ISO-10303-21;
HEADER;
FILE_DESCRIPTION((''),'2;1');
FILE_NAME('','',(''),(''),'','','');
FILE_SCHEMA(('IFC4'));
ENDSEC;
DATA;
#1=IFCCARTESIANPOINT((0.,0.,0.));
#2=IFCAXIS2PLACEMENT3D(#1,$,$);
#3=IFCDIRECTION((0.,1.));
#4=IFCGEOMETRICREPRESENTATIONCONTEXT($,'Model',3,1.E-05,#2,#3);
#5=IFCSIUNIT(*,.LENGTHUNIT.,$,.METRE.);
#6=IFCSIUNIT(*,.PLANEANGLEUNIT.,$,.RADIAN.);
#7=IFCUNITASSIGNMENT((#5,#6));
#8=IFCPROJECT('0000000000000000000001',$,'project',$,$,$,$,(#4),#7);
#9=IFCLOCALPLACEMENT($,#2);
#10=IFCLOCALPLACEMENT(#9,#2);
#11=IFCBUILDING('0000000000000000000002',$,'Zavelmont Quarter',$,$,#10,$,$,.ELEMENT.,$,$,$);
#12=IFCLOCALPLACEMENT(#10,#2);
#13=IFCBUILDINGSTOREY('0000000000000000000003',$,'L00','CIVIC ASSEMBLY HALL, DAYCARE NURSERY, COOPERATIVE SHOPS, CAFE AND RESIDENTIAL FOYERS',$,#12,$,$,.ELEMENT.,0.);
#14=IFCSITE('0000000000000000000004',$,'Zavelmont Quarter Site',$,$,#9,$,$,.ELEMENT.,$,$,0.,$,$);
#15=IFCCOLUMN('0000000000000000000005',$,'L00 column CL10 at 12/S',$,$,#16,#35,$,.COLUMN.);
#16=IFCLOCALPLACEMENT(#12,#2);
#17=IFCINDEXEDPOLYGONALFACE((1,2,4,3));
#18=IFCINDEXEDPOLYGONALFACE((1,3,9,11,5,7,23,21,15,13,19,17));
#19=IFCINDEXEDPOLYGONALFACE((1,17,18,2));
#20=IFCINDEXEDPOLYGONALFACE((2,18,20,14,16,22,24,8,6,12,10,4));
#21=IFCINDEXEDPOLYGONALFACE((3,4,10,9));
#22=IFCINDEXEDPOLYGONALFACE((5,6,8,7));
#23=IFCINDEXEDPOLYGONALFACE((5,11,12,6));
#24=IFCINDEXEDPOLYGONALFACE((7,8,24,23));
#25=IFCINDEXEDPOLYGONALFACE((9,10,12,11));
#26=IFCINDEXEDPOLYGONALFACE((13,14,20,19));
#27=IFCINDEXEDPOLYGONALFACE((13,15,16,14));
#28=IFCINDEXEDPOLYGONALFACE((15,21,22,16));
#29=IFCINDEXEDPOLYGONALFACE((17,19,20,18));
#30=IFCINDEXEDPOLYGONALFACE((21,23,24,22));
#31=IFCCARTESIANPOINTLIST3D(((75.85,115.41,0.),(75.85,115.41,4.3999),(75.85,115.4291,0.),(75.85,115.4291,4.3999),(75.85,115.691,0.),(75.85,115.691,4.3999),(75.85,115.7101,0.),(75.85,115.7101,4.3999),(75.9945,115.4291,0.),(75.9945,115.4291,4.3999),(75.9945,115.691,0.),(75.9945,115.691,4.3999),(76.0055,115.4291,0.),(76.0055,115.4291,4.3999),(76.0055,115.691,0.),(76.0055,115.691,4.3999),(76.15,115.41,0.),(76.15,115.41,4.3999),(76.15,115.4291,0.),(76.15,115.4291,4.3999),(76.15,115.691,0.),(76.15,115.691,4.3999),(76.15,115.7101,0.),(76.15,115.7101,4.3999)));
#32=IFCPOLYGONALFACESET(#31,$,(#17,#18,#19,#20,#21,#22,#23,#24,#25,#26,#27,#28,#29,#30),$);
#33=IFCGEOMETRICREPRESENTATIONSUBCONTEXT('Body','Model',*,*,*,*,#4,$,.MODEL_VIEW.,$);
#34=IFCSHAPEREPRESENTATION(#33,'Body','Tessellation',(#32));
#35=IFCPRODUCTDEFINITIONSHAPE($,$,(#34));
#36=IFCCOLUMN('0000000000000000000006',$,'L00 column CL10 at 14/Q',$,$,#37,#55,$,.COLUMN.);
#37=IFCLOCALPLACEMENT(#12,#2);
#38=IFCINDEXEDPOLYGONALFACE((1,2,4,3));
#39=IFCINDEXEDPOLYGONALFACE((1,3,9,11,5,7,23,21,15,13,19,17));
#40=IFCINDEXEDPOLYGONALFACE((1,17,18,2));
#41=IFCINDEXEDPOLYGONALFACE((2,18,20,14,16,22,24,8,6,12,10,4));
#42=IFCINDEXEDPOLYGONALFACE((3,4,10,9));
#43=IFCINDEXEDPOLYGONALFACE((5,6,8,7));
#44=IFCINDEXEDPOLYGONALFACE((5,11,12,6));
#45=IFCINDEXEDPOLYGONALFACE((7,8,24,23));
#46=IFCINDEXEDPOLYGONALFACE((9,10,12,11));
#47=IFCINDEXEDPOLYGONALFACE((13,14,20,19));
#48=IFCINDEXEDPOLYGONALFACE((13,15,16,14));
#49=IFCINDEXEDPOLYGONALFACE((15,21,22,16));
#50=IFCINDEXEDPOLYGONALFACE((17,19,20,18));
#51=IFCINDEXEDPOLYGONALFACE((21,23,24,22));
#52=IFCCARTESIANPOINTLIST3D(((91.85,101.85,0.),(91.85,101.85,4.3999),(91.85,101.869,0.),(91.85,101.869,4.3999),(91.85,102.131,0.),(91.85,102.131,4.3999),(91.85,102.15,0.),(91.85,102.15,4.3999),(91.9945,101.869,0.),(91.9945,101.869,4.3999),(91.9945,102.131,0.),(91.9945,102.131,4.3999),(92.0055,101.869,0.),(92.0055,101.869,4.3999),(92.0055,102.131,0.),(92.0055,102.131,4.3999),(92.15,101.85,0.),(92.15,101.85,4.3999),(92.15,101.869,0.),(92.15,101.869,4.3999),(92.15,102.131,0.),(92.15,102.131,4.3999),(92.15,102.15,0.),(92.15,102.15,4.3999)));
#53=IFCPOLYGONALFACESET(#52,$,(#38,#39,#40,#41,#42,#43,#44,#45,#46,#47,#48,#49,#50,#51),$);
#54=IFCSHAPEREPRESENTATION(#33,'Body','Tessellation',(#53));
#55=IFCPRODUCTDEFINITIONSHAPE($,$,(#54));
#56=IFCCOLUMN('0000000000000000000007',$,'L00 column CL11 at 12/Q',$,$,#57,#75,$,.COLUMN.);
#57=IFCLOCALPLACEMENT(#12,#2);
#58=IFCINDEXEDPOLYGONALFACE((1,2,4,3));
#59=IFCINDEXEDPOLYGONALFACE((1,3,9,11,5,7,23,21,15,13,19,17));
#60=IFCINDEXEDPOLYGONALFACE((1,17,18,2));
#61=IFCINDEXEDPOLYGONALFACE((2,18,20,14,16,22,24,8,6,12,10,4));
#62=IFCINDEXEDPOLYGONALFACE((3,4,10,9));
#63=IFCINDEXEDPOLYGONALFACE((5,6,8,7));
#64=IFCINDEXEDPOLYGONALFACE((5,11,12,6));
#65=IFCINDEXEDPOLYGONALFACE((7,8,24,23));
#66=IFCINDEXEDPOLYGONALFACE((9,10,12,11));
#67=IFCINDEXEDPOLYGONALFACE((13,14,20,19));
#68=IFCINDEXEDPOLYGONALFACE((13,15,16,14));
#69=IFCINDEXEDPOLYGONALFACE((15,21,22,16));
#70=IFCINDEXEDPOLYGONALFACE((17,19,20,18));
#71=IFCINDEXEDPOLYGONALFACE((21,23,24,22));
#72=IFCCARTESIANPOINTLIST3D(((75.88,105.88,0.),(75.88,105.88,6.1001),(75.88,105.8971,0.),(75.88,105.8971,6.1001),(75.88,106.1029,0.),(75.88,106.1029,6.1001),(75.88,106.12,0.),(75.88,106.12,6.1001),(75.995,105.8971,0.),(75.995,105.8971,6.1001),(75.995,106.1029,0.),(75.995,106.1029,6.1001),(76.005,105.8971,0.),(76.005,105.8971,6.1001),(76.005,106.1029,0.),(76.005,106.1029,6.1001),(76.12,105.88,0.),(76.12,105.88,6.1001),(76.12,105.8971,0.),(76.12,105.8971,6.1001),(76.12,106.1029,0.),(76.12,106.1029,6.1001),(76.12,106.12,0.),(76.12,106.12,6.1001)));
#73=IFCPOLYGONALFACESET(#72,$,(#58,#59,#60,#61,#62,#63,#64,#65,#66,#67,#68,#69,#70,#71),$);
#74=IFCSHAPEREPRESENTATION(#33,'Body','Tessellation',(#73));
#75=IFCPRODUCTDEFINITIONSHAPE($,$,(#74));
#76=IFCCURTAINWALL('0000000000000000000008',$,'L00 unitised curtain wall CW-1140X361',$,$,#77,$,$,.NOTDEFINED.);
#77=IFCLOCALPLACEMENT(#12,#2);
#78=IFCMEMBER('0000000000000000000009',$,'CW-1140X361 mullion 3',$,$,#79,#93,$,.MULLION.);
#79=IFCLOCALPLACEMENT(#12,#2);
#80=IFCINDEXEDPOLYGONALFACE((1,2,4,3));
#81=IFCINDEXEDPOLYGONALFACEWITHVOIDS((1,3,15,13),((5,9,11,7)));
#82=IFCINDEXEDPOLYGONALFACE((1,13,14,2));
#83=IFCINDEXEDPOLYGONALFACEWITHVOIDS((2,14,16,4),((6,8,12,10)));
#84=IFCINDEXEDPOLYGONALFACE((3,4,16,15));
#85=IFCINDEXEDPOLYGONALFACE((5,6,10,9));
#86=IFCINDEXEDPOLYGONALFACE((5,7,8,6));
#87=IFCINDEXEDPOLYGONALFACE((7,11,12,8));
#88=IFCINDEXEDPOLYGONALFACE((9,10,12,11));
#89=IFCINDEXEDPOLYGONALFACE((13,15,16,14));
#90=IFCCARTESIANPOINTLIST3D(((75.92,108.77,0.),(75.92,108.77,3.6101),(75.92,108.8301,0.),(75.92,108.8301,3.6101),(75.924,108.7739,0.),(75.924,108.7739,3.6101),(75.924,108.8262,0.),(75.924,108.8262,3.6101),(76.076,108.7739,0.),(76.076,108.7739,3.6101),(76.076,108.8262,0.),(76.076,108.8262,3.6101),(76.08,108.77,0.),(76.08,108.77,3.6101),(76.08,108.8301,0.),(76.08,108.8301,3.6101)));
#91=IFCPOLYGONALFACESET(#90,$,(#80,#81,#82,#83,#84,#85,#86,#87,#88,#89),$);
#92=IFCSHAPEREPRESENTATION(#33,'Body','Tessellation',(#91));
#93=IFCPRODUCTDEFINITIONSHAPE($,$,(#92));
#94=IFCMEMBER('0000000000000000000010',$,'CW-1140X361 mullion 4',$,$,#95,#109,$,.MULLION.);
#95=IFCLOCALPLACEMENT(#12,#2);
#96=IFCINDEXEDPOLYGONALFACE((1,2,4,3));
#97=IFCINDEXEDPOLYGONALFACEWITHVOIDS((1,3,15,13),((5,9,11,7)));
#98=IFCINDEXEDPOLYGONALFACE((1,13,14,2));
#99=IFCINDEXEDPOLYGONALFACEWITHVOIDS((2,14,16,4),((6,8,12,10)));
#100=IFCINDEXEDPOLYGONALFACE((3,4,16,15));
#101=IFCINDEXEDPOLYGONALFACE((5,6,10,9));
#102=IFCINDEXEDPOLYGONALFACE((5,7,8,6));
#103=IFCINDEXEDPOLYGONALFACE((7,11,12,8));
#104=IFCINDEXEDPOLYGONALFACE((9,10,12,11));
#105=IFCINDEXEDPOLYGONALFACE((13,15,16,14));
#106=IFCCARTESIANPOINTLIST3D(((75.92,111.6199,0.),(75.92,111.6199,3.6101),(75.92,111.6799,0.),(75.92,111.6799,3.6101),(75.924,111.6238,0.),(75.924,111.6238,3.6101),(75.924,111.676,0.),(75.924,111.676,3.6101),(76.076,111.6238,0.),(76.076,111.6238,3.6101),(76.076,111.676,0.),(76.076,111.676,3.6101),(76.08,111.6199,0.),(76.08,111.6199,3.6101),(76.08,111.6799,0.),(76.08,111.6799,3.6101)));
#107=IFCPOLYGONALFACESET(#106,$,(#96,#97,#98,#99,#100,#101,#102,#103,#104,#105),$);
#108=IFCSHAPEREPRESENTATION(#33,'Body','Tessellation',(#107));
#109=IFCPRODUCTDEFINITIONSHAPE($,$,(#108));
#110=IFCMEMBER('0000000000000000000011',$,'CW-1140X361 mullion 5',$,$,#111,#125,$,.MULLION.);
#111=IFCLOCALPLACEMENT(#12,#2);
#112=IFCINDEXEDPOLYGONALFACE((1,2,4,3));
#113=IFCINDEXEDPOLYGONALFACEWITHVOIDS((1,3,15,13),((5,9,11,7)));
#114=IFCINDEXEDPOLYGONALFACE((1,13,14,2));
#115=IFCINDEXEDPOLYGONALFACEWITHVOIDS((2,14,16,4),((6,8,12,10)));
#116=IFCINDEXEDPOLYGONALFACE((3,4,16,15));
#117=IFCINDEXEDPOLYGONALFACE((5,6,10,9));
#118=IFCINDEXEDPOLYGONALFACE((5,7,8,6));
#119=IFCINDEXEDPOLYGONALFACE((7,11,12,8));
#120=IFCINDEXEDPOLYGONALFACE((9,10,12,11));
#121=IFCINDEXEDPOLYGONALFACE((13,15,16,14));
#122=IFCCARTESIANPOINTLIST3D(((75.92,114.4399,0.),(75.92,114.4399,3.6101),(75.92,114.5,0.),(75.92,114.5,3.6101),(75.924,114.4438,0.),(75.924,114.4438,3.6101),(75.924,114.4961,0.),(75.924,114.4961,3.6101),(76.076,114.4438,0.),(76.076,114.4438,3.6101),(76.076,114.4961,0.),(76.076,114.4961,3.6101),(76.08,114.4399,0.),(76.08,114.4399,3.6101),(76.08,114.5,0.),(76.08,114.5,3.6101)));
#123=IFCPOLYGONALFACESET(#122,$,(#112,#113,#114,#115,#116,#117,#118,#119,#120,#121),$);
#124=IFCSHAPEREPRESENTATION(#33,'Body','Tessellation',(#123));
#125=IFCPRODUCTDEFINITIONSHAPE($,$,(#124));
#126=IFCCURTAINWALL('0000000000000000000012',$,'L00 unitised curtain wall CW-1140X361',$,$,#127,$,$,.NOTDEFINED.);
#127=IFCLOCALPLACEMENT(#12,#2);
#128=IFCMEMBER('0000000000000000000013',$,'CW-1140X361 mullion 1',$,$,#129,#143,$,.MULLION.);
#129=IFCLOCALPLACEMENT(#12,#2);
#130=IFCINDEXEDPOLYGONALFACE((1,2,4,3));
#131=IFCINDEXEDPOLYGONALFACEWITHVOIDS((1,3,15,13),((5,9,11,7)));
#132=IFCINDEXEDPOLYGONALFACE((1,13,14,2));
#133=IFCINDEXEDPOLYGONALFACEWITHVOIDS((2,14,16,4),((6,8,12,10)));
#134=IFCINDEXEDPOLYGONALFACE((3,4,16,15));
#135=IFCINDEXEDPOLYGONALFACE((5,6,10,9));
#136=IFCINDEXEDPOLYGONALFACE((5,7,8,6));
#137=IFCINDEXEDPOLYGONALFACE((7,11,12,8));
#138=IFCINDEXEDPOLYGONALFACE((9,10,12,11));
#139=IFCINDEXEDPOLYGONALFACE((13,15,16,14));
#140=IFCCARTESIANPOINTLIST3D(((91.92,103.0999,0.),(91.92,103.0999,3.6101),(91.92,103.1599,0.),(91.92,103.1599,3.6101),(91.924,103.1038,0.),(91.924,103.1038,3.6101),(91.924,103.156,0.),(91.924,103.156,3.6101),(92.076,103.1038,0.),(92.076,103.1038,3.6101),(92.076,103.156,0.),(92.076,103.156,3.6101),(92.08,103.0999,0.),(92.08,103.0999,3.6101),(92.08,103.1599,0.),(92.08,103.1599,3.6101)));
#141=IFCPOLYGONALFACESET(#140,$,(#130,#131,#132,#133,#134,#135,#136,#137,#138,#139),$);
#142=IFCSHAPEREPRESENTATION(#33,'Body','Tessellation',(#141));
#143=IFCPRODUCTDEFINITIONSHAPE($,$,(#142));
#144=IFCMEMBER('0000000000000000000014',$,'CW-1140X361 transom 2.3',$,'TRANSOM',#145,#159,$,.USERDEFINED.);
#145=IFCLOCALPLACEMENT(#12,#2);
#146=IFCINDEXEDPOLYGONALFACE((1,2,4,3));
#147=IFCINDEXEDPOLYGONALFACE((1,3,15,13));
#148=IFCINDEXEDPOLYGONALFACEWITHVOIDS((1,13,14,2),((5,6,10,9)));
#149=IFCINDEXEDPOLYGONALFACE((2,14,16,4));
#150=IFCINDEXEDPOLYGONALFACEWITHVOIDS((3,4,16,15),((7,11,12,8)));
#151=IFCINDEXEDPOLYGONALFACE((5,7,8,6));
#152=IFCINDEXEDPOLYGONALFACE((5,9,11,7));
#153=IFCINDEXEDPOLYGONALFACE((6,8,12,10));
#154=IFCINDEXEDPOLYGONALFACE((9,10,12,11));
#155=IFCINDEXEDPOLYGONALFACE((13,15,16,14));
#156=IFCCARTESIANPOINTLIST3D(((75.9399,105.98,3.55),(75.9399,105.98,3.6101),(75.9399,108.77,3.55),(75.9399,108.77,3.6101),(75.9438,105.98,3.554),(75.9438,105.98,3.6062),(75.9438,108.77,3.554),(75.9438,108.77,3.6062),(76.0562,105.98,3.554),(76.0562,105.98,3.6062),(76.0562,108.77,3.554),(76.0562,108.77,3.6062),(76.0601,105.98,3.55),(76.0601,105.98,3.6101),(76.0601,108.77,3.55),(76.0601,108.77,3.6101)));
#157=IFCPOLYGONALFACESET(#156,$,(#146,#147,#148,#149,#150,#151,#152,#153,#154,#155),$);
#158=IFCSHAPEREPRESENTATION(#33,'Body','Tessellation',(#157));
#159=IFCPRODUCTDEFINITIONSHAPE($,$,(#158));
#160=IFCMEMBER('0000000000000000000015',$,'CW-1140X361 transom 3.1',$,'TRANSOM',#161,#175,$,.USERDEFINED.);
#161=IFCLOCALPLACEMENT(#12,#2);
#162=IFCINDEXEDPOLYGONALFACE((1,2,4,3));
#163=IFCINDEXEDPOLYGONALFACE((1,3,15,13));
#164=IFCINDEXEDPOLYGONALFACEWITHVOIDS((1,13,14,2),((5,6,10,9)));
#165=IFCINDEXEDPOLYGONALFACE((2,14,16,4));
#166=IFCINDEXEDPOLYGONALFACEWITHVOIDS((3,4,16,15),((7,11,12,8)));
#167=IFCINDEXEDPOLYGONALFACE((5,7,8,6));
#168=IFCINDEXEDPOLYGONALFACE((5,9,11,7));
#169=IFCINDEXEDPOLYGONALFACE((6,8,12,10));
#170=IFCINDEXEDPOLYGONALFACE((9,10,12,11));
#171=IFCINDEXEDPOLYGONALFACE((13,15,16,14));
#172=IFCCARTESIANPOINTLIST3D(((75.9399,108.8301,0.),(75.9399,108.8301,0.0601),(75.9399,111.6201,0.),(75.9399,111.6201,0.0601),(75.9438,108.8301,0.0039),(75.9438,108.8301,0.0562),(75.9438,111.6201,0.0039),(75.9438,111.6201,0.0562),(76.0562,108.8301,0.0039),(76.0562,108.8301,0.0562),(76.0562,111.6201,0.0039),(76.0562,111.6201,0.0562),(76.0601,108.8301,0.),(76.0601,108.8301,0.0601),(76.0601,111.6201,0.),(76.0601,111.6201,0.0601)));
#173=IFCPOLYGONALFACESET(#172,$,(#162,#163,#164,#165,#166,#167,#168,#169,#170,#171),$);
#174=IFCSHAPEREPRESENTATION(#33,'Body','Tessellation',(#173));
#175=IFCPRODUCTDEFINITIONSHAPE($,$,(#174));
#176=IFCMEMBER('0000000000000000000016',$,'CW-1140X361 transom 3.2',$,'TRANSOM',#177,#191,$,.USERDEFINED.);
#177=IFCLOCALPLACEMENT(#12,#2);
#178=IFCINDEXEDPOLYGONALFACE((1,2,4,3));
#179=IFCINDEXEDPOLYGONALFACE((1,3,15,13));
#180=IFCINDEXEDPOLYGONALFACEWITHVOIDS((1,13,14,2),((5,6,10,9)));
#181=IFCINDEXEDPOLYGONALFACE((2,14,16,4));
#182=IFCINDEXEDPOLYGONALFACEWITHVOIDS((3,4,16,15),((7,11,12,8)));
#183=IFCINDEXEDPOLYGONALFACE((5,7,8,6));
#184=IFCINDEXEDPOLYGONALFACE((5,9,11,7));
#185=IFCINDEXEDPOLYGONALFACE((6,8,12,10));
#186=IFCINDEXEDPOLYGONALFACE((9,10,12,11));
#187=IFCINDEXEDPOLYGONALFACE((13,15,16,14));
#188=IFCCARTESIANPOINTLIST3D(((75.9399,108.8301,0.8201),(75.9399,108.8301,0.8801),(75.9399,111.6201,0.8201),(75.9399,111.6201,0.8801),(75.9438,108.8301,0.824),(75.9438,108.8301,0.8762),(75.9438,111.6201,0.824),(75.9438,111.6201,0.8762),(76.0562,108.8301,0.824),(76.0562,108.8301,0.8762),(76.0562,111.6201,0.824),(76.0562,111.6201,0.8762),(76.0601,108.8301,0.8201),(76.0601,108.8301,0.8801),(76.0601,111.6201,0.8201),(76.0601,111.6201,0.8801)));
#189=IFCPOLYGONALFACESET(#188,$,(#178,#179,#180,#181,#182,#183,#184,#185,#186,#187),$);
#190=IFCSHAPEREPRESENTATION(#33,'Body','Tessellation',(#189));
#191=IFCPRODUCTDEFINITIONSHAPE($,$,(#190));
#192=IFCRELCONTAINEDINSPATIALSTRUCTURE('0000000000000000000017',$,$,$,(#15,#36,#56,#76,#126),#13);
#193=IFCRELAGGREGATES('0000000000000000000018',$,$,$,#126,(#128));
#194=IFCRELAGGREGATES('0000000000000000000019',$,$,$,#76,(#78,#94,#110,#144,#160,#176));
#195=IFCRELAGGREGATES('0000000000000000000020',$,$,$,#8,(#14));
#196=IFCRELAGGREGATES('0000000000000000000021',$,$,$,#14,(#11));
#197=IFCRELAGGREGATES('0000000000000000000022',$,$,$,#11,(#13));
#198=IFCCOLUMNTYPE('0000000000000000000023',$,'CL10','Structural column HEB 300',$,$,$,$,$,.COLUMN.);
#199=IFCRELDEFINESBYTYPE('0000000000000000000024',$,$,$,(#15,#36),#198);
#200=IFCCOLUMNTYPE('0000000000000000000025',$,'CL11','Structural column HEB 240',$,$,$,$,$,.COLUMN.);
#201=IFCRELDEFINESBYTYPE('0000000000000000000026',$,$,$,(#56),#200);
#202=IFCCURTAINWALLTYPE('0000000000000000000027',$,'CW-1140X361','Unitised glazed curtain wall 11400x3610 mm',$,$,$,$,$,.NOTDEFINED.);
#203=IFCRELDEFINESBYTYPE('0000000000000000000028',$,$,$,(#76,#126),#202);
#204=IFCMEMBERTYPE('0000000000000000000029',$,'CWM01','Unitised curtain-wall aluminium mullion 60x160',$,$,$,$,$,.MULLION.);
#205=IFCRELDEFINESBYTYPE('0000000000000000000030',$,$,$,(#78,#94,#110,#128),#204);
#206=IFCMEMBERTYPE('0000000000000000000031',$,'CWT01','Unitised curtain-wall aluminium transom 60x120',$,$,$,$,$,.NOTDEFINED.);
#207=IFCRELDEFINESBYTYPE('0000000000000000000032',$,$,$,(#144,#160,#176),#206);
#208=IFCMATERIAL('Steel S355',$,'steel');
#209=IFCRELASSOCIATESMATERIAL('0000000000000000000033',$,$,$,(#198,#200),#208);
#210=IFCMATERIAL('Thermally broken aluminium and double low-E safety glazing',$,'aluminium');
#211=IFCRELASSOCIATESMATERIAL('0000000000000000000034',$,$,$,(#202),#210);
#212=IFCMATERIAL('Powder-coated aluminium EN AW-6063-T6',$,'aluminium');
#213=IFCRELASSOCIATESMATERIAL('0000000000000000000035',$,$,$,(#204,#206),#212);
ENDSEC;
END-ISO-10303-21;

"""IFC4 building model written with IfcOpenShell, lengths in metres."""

from ifc_helpers import new_model, si_unit, direction, frame, origin, origin_2d, place, context, subcontext, project, spatial, hollow_rectangle, i_section, extrude, material, material_profile, profile_set, type_object, element, aggregate, save


model = new_model("IFC4")

# Units and contexts
model_context = context("Model", 3, precision=1e-05, world=origin(), true_north=direction((0.0, 1.0)))
body_context = subcontext(model_context, "Body", "Model", "MODEL_VIEW")
ifc_project = project(units=[si_unit("LENGTHUNIT", "METRE"), si_unit("PLANEANGLEUNIT", "RADIAN")], contexts=[model_context])

# Site, building, storey
site_placement = place(None, origin())
site = spatial("IfcSite", under=ifc_project, at=site_placement, Name="Zavelmont Quarter Site", CompositionType="ELEMENT", RefElevation=0.0)
building_placement = place(site_placement, origin())
building = spatial("IfcBuilding", under=site, at=building_placement, Name="Zavelmont Quarter", CompositionType="ELEMENT")
storey_placement = place(building_placement, origin())
storey = spatial("IfcBuildingStorey", under=building, at=storey_placement, Name="L00", Description="CIVIC ASSEMBLY HALL, DAYCARE NURSERY, COOPERATIVE SHOPS, CAFE AND RESIDENTIAL FOYERS", CompositionType="ELEMENT", Elevation=0.0)

# Columns
ifc_material_1 = material(Name="Steel S355", Category="steel")
ifc_material_profile_1 = material_profile(ifc_material_1, i_section(OverallWidth=0.3, OverallDepth=0.3, WebThickness=0.011, FlangeThickness=0.019, at=origin_2d()), Name="HEB 300")
ifc_profile_set_1 = profile_set([ifc_material_profile_1], Name="Steel S355")
column_type_1 = type_object("IfcColumnType", Name="CL10", Description="Structural column HEB 300", PredefinedType="COLUMN", material=ifc_profile_set_1)
for number, where, z_axis, x_axis, name in (
    (1, (76.0, 115.5601, 0.0), (0.0, 0.0, 1.0), (1.0, 0.0, 0.0), "L00 column CL10 at 12/S"),
    (2, (92.0, 102.0, 0.0), (0.0, 0.0, 1.0), (1.0, 0.0, 0.0), "L00 column CL10 at 14/Q"),
):
    element("IfcColumn", number, at=place(storey_placement, frame(where, z_axis=z_axis, x_axis=x_axis)), inside=storey, type_object=column_type_1, Name=name, PredefinedType="COLUMN", context=body_context, shape_type="SweptSolid", body=[
        extrude(i_section(OverallWidth=0.3, OverallDepth=0.3, WebThickness=0.011, FlangeThickness=0.019, at=origin_2d()), origin(), (0.0, 0.0, 1.0), 4.3999),
    ])
ifc_material_profile_2 = material_profile(ifc_material_1, i_section(OverallWidth=0.24, OverallDepth=0.24, WebThickness=0.01, FlangeThickness=0.0171, at=origin_2d()), Name="HEB 240")
ifc_profile_set_2 = profile_set([ifc_material_profile_2], Name="Steel S355")
column_type_2 = type_object("IfcColumnType", Name="CL11", Description="Structural column HEB 240", PredefinedType="COLUMN", material=ifc_profile_set_2)
column_placement = place(storey_placement, frame((76.0, 106.0, 0.0), z_axis=(0.0, 0.0, 1.0), x_axis=(1.0, 0.0, 0.0)))
element("IfcColumn", 3, at=column_placement, inside=storey, type_object=column_type_2, Name="L00 column CL11 at 12/Q", PredefinedType="COLUMN", context=body_context, shape_type="SweptSolid", body=[
    extrude(i_section(OverallWidth=0.24, OverallDepth=0.24, WebThickness=0.01, FlangeThickness=0.0171, at=origin_2d()), origin(), (0.0, 0.0, 1.0), 6.1001),
])

# Curtain wall, members
ifc_material_2 = material(Name="Thermally broken aluminium and double low-E safety glazing", Category="aluminium")
curtain_wall_type = type_object("IfcCurtainWallType", Name="CW-1140X361", Description="Unitised glazed curtain wall 11400x3610 mm", PredefinedType="NOTDEFINED", material=ifc_material_2)
curtain_wall_1_placement = place(storey_placement, origin())
curtain_wall_1 = element("IfcCurtainWall", 4, at=curtain_wall_1_placement, inside=storey, type_object=curtain_wall_type, Name="L00 unitised curtain wall CW-1140X361", PredefinedType="NOTDEFINED")
ifc_material_3 = material(Name="Powder-coated aluminium EN AW-6063-T6", Category="aluminium")
ifc_material_profile_3 = material_profile(ifc_material_3, hollow_rectangle(XDim=0.0601, YDim=0.1599, WallThickness=0.0039, at=origin_2d()), Name="CWM60X160")
ifc_profile_set_3 = profile_set([ifc_material_profile_3], Name="Powder-coated aluminium EN AW-6063-T6")
member_type_1 = type_object("IfcMemberType", Name="CWM01", Description="Unitised curtain-wall aluminium mullion 60x160", PredefinedType="MULLION", material=ifc_profile_set_3)
member_1_placement = place(storey_placement, frame((76.0, 108.8, 0.0), z_axis=(0.0, 0.0, 1.0), x_axis=(0.0, 1.0, 0.0)))
member_1 = element("IfcMember", 5, at=member_1_placement, type_object=member_type_1, Name="CW-1140X361 mullion 3", PredefinedType="MULLION", context=body_context, shape_type="SweptSolid", body=[
    extrude(hollow_rectangle(XDim=0.0601, YDim=0.1599, WallThickness=0.0039, at=origin_2d()), origin(), (0.0, 0.0, 1.0), 3.6101),
])
member_2_placement = place(storey_placement, frame((76.0, 111.6499, 0.0), z_axis=(0.0, 0.0, 1.0), x_axis=(0.0, 1.0, 0.0)))
member_2 = element("IfcMember", 6, at=member_2_placement, type_object=member_type_1, Name="CW-1140X361 mullion 4", PredefinedType="MULLION", context=body_context, shape_type="SweptSolid", body=[
    extrude(hollow_rectangle(XDim=0.0601, YDim=0.1599, WallThickness=0.0039, at=origin_2d()), origin(), (0.0, 0.0, 1.0), 3.6101),
])
member_3_placement = place(storey_placement, frame((76.0, 114.47, 0.0), z_axis=(0.0, 0.0, 1.0), x_axis=(0.0, 1.0, 0.0)))
member_3 = element("IfcMember", 7, at=member_3_placement, type_object=member_type_1, Name="CW-1140X361 mullion 5", PredefinedType="MULLION", context=body_context, shape_type="SweptSolid", body=[
    extrude(hollow_rectangle(XDim=0.0601, YDim=0.1599, WallThickness=0.0039, at=origin_2d()), origin(), (0.0, 0.0, 1.0), 3.6101),
])

# Curtain wall, member
curtain_wall_2_placement = place(storey_placement, origin())
curtain_wall_2 = element("IfcCurtainWall", 8, at=curtain_wall_2_placement, inside=storey, type_object=curtain_wall_type, Name="L00 unitised curtain wall CW-1140X361", PredefinedType="NOTDEFINED")
member_4_placement = place(storey_placement, frame((92.0, 103.1299, 0.0), z_axis=(0.0, 0.0, 1.0), x_axis=(0.0, 1.0, 0.0)))
member_4 = element("IfcMember", 9, at=member_4_placement, type_object=member_type_1, Name="CW-1140X361 mullion 1", PredefinedType="MULLION", context=body_context, shape_type="SweptSolid", body=[
    extrude(hollow_rectangle(XDim=0.0601, YDim=0.1599, WallThickness=0.0039, at=origin_2d()), origin(), (0.0, 0.0, 1.0), 3.6101),
])

# Members
ifc_material_profile_4 = material_profile(ifc_material_3, hollow_rectangle(XDim=0.1201, YDim=0.0601, WallThickness=0.0039, at=origin_2d()), Name="CWT60X120")
ifc_profile_set_4 = profile_set([ifc_material_profile_4], Name="Powder-coated aluminium EN AW-6063-T6")
member_type_2 = type_object("IfcMemberType", Name="CWT01", Description="Unitised curtain-wall aluminium transom 60x120", PredefinedType="NOTDEFINED", material=ifc_profile_set_4)
member_5_placement = place(storey_placement, frame((76.0, 105.98, 3.5801), z_axis=(0.0, 1.0, 0.0), x_axis=(-1.0, 0.0, 0.0)))
member_5 = element("IfcMember", 10, at=member_5_placement, type_object=member_type_2, Name="CW-1140X361 transom 2.3", ObjectType="TRANSOM", PredefinedType="USERDEFINED", context=body_context, shape_type="SweptSolid", body=[
    extrude(hollow_rectangle(XDim=0.1201, YDim=0.0601, WallThickness=0.0039, at=origin_2d()), origin(), (0.0, 0.0, 1.0), 2.79),
])
member_6_placement = place(storey_placement, frame((76.0, 108.8301, 0.03), z_axis=(0.0, 1.0, 0.0), x_axis=(-1.0, 0.0, 0.0)))
member_6 = element("IfcMember", 11, at=member_6_placement, type_object=member_type_2, Name="CW-1140X361 transom 3.1", ObjectType="TRANSOM", PredefinedType="USERDEFINED", context=body_context, shape_type="SweptSolid", body=[
    extrude(hollow_rectangle(XDim=0.1201, YDim=0.0601, WallThickness=0.0039, at=origin_2d()), origin(), (0.0, 0.0, 1.0), 2.79),
])
member_7_placement = place(storey_placement, frame((76.0, 108.8301, 0.8501), z_axis=(0.0, 1.0, 0.0), x_axis=(-1.0, 0.0, 0.0)))
member_7 = element("IfcMember", 12, at=member_7_placement, type_object=member_type_2, Name="CW-1140X361 transom 3.2", ObjectType="TRANSOM", PredefinedType="USERDEFINED", context=body_context, shape_type="SweptSolid", body=[
    extrude(hollow_rectangle(XDim=0.1201, YDim=0.0601, WallThickness=0.0039, at=origin_2d()), origin(), (0.0, 0.0, 1.0), 2.79),
])
aggregate(curtain_wall_2, [member_4])

aggregate(curtain_wall_1, [member_1, member_2, member_3, member_5, member_6, member_7])

save(model, "model.ifc")
